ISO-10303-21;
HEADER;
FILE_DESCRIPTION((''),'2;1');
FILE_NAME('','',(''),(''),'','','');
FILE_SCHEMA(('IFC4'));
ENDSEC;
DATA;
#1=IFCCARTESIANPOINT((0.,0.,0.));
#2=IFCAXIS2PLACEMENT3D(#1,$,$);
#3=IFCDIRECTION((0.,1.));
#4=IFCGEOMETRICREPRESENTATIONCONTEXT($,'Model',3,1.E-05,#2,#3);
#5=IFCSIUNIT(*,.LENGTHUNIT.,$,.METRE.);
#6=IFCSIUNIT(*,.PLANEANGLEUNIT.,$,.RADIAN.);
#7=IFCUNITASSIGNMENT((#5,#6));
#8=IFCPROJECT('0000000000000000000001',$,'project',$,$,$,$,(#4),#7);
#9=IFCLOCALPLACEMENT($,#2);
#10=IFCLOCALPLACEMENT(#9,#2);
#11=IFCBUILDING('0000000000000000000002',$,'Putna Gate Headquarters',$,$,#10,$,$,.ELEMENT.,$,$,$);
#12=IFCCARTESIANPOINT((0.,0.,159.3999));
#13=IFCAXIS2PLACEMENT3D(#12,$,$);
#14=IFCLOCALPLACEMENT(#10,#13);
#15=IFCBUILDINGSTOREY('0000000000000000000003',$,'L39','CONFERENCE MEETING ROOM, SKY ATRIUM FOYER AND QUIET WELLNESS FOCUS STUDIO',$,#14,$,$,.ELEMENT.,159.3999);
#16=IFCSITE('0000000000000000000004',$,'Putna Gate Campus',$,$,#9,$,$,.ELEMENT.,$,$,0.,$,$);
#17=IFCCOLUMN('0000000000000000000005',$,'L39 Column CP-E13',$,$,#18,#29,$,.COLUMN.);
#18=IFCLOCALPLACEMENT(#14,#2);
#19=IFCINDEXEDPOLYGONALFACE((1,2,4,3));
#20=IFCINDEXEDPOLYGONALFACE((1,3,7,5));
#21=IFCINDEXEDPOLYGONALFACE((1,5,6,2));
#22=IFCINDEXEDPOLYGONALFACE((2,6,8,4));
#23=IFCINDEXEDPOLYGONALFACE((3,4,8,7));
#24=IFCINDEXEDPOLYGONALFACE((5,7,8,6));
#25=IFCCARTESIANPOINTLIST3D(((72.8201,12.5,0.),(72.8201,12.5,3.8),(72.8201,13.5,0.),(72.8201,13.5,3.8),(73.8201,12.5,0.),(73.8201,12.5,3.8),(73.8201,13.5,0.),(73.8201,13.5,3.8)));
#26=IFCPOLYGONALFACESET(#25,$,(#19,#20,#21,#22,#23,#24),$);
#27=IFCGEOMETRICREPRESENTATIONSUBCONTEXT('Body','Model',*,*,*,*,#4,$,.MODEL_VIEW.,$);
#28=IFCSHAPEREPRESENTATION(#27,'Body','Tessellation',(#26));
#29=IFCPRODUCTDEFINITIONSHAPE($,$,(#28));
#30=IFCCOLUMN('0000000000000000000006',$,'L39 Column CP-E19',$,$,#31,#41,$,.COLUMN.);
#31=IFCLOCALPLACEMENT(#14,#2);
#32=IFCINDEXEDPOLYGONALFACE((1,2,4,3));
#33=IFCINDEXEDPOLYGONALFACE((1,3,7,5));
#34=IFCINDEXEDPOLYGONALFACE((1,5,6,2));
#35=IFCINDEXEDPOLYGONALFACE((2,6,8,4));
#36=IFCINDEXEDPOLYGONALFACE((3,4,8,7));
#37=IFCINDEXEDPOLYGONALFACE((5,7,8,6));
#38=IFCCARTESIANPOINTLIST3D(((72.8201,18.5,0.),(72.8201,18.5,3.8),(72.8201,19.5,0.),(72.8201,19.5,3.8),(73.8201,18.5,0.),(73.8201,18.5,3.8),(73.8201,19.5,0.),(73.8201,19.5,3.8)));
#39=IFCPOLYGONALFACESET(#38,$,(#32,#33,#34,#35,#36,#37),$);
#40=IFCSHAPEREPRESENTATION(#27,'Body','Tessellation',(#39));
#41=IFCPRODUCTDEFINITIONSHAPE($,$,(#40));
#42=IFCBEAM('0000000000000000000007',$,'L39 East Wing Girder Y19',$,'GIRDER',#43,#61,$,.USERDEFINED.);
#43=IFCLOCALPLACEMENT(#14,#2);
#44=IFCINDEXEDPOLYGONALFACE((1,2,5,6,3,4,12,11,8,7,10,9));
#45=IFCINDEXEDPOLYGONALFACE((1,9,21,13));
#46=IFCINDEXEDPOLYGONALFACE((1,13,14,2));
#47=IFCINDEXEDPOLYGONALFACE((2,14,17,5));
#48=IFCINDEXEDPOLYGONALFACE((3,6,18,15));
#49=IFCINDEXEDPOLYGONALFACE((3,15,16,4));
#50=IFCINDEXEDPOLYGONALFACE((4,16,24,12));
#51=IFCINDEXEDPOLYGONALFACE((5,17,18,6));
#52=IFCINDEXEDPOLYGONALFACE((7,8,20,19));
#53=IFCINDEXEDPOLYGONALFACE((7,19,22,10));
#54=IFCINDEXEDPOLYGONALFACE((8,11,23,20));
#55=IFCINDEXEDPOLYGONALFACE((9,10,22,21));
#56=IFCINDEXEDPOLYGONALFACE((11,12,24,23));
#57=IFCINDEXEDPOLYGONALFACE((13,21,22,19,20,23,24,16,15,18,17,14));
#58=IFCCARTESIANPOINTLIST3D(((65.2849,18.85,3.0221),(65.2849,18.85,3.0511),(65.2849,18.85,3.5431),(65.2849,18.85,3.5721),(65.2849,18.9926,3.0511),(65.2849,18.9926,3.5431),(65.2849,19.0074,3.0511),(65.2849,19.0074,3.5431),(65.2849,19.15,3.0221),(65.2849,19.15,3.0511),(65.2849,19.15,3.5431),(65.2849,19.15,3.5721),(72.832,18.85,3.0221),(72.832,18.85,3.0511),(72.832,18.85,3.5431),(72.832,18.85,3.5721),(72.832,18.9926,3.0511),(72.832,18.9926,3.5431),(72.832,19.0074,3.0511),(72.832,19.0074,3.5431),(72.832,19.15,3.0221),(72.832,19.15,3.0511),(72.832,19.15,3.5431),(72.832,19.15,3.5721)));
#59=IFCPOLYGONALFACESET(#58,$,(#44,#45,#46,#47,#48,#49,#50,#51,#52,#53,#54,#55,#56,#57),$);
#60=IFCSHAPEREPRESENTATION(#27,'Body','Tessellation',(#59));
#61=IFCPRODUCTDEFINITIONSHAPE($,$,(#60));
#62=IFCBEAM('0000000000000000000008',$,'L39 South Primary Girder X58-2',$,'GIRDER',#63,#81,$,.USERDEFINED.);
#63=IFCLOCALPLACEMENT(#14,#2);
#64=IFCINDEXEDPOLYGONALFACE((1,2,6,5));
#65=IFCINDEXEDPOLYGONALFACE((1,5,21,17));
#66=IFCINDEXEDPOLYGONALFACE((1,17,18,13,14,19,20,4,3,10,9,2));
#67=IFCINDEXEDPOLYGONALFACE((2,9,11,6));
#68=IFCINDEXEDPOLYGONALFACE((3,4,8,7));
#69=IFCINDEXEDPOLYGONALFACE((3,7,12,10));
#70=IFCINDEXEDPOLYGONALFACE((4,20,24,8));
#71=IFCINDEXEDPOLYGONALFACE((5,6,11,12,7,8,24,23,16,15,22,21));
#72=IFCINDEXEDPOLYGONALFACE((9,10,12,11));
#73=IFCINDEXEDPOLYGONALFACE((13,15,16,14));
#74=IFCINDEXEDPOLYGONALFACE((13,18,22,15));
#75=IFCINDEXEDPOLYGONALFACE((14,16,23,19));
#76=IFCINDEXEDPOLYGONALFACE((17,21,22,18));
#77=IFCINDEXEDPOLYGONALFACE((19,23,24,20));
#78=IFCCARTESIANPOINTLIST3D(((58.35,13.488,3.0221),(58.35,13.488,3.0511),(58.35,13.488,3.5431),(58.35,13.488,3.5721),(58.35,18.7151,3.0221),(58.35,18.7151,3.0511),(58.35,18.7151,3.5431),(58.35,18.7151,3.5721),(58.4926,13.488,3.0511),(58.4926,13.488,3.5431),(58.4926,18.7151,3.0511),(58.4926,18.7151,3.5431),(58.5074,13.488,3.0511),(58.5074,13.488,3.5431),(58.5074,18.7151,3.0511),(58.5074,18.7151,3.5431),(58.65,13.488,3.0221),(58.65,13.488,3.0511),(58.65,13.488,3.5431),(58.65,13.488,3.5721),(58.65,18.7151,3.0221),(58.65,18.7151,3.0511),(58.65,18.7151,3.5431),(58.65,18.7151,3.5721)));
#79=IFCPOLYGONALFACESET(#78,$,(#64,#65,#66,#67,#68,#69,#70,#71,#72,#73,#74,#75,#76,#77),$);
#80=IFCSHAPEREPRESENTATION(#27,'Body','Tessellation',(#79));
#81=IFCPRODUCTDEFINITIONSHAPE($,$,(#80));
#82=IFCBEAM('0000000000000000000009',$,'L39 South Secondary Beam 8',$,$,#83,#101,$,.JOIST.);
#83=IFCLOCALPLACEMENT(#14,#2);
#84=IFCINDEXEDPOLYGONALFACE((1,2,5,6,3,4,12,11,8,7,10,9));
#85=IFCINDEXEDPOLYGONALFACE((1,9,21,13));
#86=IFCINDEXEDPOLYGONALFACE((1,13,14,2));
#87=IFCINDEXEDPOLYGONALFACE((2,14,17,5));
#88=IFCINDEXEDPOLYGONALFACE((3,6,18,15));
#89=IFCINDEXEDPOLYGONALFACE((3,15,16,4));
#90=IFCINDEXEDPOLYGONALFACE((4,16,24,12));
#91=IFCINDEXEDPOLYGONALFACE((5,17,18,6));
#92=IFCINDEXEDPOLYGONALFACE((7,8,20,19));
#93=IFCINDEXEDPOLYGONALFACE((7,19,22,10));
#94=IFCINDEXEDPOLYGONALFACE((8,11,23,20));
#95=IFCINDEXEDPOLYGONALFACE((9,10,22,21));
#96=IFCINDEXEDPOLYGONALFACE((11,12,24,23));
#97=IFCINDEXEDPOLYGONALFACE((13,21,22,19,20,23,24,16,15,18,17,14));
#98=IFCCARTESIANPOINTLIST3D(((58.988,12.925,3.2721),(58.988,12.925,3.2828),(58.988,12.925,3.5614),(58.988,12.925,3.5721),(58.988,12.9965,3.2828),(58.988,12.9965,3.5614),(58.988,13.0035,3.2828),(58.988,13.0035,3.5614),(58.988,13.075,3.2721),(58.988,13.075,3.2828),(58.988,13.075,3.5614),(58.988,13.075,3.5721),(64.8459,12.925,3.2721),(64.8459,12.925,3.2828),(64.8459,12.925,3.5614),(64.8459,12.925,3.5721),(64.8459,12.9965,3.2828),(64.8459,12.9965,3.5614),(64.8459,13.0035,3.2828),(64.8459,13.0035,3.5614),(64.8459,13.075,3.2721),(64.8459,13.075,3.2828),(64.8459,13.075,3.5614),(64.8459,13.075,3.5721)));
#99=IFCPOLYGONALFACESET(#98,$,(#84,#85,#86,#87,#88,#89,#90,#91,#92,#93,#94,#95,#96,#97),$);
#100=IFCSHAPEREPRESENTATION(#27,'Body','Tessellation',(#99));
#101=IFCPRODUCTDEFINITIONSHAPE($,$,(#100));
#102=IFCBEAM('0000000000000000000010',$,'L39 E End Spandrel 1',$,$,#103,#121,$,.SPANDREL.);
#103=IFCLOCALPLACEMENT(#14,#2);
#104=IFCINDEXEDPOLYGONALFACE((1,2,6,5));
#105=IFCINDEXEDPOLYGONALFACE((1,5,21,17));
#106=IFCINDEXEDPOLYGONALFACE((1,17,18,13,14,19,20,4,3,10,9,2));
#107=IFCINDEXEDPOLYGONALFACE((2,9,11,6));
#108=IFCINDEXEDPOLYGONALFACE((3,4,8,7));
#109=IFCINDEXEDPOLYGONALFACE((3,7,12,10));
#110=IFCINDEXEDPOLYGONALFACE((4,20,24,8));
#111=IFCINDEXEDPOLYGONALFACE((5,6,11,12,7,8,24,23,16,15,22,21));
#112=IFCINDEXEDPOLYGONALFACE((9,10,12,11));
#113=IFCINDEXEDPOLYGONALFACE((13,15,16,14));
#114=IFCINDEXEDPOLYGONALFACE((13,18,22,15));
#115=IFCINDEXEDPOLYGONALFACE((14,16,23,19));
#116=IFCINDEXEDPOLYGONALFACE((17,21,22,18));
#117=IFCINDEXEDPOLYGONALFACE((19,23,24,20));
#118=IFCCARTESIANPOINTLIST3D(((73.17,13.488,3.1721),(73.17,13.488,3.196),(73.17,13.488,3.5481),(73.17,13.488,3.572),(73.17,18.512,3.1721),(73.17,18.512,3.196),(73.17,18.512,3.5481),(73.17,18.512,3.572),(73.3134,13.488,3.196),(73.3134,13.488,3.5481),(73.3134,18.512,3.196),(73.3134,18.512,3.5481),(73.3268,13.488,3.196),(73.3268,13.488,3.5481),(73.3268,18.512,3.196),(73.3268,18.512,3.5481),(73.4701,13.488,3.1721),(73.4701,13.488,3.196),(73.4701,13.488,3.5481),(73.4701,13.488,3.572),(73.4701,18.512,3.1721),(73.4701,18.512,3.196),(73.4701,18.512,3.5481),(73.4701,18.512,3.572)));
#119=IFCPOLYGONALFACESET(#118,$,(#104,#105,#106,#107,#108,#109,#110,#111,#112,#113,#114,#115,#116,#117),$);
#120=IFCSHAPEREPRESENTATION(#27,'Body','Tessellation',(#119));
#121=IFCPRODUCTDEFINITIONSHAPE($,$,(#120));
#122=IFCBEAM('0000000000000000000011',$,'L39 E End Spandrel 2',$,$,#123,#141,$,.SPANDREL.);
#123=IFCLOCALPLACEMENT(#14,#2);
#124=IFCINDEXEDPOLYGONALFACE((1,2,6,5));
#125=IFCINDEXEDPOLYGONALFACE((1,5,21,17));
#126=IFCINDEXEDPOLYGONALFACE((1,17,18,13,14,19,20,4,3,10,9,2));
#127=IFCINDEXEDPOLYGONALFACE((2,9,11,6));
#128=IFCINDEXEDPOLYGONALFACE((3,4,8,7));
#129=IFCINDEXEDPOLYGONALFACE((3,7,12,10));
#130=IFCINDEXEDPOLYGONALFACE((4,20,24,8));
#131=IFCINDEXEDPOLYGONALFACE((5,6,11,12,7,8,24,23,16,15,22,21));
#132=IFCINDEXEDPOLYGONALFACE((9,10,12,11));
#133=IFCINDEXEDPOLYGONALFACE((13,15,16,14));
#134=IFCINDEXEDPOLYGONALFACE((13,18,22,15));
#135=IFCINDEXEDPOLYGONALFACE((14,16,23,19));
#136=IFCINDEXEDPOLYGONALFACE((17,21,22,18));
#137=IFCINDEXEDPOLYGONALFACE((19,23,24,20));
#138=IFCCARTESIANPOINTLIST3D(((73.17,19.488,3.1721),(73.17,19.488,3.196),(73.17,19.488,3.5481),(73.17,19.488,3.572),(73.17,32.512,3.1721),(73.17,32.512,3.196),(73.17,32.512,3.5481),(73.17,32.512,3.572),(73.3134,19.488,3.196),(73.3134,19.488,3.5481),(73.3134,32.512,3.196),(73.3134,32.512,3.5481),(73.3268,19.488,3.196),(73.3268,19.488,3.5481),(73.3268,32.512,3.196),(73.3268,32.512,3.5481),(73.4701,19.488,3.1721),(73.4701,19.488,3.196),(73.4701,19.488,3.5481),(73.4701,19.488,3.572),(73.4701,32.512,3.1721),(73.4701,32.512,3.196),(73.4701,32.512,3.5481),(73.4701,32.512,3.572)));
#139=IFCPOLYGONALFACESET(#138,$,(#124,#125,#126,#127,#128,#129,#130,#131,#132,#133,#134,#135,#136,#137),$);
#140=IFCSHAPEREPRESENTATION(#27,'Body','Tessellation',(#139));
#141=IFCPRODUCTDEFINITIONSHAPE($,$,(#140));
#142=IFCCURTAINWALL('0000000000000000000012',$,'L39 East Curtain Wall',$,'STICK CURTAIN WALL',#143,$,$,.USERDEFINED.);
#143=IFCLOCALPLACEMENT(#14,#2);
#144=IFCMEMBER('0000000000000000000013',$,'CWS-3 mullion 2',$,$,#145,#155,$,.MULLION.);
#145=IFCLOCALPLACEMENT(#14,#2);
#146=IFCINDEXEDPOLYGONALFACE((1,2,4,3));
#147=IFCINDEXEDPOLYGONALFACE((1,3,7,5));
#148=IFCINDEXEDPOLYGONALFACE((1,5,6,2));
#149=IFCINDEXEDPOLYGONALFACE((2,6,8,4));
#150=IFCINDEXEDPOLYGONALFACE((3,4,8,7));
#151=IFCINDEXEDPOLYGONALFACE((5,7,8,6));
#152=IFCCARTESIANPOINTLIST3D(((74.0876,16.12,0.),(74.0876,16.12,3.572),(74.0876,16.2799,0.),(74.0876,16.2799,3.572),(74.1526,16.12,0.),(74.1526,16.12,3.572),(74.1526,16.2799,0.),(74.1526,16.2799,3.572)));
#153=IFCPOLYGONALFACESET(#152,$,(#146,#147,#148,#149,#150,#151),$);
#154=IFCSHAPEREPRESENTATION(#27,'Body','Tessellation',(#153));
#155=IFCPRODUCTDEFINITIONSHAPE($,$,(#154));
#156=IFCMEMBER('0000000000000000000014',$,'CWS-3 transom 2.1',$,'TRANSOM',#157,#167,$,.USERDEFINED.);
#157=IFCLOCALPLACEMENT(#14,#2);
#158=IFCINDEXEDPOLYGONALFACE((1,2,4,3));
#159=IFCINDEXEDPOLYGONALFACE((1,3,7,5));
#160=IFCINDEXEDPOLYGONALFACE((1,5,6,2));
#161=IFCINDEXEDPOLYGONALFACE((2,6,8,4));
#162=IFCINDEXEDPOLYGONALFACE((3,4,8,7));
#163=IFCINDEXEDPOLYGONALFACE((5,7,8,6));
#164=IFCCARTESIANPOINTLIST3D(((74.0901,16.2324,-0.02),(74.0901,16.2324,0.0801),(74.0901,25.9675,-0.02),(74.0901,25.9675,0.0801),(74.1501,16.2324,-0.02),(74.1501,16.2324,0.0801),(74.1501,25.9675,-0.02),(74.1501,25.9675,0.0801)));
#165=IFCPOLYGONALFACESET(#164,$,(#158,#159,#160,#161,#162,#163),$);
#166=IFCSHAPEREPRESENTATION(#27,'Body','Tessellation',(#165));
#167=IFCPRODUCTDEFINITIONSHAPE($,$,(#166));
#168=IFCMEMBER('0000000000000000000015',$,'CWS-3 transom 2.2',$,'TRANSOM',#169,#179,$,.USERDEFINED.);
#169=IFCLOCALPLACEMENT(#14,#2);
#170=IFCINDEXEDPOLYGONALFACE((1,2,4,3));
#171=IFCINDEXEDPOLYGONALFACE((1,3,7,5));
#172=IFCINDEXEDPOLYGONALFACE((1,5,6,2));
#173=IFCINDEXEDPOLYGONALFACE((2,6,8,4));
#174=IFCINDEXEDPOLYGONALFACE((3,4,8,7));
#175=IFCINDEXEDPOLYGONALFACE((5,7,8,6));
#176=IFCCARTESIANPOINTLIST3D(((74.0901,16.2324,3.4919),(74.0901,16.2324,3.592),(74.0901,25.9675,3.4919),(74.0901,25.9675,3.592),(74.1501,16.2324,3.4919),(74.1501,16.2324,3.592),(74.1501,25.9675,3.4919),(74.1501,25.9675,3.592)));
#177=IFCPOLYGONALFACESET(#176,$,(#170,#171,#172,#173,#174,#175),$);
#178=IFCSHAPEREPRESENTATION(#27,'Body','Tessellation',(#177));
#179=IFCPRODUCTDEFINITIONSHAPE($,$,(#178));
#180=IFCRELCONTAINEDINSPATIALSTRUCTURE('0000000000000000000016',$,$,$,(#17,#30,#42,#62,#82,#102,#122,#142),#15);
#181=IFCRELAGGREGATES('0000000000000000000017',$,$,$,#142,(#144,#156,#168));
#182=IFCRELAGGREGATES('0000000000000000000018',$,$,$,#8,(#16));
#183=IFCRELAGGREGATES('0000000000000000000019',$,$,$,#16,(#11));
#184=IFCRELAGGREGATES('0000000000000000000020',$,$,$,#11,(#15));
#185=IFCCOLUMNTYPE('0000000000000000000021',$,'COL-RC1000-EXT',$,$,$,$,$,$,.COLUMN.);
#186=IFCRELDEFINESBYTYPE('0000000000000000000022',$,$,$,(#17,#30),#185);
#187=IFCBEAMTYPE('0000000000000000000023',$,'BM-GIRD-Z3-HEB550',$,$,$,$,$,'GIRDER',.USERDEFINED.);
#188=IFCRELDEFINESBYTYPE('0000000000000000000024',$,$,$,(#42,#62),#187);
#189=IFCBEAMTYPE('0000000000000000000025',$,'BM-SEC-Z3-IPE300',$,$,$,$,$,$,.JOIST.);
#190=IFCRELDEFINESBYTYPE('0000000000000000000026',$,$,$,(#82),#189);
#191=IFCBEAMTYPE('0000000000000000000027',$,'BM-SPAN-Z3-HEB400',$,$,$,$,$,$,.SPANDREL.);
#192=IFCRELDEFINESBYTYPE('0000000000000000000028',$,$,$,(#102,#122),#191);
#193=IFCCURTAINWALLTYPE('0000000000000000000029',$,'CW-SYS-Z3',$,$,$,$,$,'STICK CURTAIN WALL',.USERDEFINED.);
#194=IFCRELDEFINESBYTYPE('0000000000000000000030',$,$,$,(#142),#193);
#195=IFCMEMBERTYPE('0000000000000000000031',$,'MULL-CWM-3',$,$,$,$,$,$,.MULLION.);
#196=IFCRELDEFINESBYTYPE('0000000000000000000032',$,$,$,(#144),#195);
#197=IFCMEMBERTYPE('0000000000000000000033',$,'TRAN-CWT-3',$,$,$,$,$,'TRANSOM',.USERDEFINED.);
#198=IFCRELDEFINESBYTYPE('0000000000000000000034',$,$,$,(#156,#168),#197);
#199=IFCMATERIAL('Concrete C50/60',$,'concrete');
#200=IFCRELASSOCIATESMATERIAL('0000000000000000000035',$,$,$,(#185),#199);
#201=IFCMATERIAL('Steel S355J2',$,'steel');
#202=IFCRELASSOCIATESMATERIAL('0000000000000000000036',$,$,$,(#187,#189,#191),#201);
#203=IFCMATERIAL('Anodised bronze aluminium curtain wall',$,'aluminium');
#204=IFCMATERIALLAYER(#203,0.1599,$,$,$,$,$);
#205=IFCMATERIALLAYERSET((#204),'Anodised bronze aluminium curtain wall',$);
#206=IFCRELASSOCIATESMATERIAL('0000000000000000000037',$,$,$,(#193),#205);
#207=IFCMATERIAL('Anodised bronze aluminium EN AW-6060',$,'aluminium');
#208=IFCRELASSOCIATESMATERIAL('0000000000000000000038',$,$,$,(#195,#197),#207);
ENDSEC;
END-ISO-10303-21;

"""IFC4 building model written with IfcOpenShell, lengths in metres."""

from ifc_helpers import new_model, si_unit, direction, frame, origin, origin_2d, place, context, subcontext, project, spatial, rectangle, i_section, extrude, material, layer, layer_set, material_profile, profile_set, type_object, element, aggregate, save


model = new_model("IFC4")

# Units and contexts
model_context = context("Model", 3, precision=1e-05, world=origin(), true_north=direction((0.0, 1.0)))
body_context = subcontext(model_context, "Body", "Model", "MODEL_VIEW")
ifc_project = project(units=[si_unit("LENGTHUNIT", "METRE"), si_unit("PLANEANGLEUNIT", "RADIAN")], contexts=[model_context])

# Site, building, storey
site_placement = place(None, origin())
site = spatial("IfcSite", under=ifc_project, at=site_placement, Name="Putna Gate Campus", CompositionType="ELEMENT", RefElevation=0.0)
building_placement = place(site_placement, origin())
building = spatial("IfcBuilding", under=site, at=building_placement, Name="Putna Gate Headquarters", CompositionType="ELEMENT")
storey_placement = place(building_placement, frame((0.0, 0.0, 159.3999)))
storey = spatial("IfcBuildingStorey", under=building, at=storey_placement, Name="L39", Description="CONFERENCE MEETING ROOM, SKY ATRIUM FOYER AND QUIET WELLNESS FOCUS STUDIO", CompositionType="ELEMENT", Elevation=159.3999)

# Columns
ifc_material_1 = material(Name="Concrete C50/60", Category="concrete")
ifc_material_profile_1 = material_profile(ifc_material_1, rectangle(XDim=1.0, YDim=1.0, at=origin_2d()), Name="Concrete C50/60")
ifc_profile_set_1 = profile_set([ifc_material_profile_1], Name="Concrete C50/60")
column_type = type_object("IfcColumnType", Name="COL-RC1000-EXT", PredefinedType="COLUMN", material=ifc_profile_set_1)
for number, where, z_axis, x_axis, name in (
    (1, (73.3201, 13.0, 0.0), (0.0, 0.0, 1.0), (1.0, 0.0, 0.0), "L39 Column CP-E13"),
    (2, (73.3201, 19.0, 0.0), (0.0, 0.0, 1.0), (1.0, 0.0, 0.0), "L39 Column CP-E19"),
):
    element("IfcColumn", number, at=place(storey_placement, frame(where, z_axis=z_axis, x_axis=x_axis)), inside=storey, type_object=column_type, Name=name, PredefinedType="COLUMN", context=body_context, shape_type="SweptSolid", body=[
        extrude(rectangle(XDim=1.0, YDim=1.0, at=origin_2d()), origin(), (0.0, 0.0, 1.0), 3.8),
    ])

# Beams
ifc_material_2 = material(Name="Steel S355J2", Category="steel")
ifc_material_profile_2 = material_profile(ifc_material_2, i_section(OverallWidth=0.3, OverallDepth=0.55, WebThickness=0.0149, FlangeThickness=0.0291, at=origin_2d()), Name="Steel S355J2")
ifc_profile_set_2 = profile_set([ifc_material_profile_2], Name="Steel S355J2")
beam_type_1 = type_object("IfcBeamType", Name="BM-GIRD-Z3-HEB550", ElementType="GIRDER", PredefinedType="USERDEFINED", material=ifc_profile_set_2)
beam_1_placement = place(storey_placement, frame((65.2849, 19.0, 3.2971), z_axis=(1.0, 0.0, 0.0), x_axis=(0.0, 1.0, 0.0)))
element("IfcBeam", 3, at=beam_1_placement, inside=storey, type_object=beam_type_1, Name="L39 East Wing Girder Y19", ObjectType="GIRDER", PredefinedType="USERDEFINED", context=body_context, shape_type="SweptSolid", body=[
    extrude(i_section(OverallWidth=0.3, OverallDepth=0.55, WebThickness=0.0149, FlangeThickness=0.0291, at=origin_2d()), origin(), (0.0, 0.0, 1.0), 7.5471),
])
beam_2_placement = place(storey_placement, frame((58.5, 13.488, 3.2971), z_axis=(0.0, 1.0, 0.0), x_axis=(-1.0, 0.0, 0.0)))
element("IfcBeam", 4, at=beam_2_placement, inside=storey, type_object=beam_type_1, Name="L39 South Primary Girder X58-2", ObjectType="GIRDER", PredefinedType="USERDEFINED", context=body_context, shape_type="SweptSolid", body=[
    extrude(i_section(OverallWidth=0.3, OverallDepth=0.55, WebThickness=0.0149, FlangeThickness=0.0291, at=origin_2d()), origin(), (0.0, 0.0, 1.0), 5.2271),
])
ifc_material_profile_3 = material_profile(ifc_material_2, i_section(OverallWidth=0.1499, OverallDepth=0.3, WebThickness=0.0071, FlangeThickness=0.0107, at=origin_2d()), Name="Steel S355J2")
ifc_profile_set_3 = profile_set([ifc_material_profile_3], Name="Steel S355J2")
beam_type_2 = type_object("IfcBeamType", Name="BM-SEC-Z3-IPE300", PredefinedType="JOIST", material=ifc_profile_set_3)
beam_3_placement = place(storey_placement, frame((58.988, 13.0, 3.4221), z_axis=(1.0, 0.0, 0.0), x_axis=(0.0, 1.0, 0.0)))
element("IfcBeam", 5, at=beam_3_placement, inside=storey, type_object=beam_type_2, Name="L39 South Secondary Beam 8", PredefinedType="JOIST", context=body_context, shape_type="SweptSolid", body=[
    extrude(i_section(OverallWidth=0.1499, OverallDepth=0.3, WebThickness=0.0071, FlangeThickness=0.0107, at=origin_2d()), origin(), (0.0, 0.0, 1.0), 5.8579),
])
ifc_material_profile_4 = material_profile(ifc_material_2, i_section(OverallWidth=0.3, OverallDepth=0.3999, WebThickness=0.0134, FlangeThickness=0.0239, at=origin_2d()), Name="Steel S355J2")
ifc_profile_set_4 = profile_set([ifc_material_profile_4], Name="Steel S355J2")
beam_type_3 = type_object("IfcBeamType", Name="BM-SPAN-Z3-HEB400", PredefinedType="SPANDREL", material=ifc_profile_set_4)
beam_4_placement = place(storey_placement, frame((73.3201, 13.488, 3.3721), z_axis=(0.0, 1.0, 0.0), x_axis=(-1.0, 0.0, 0.0)))
element("IfcBeam", 6, at=beam_4_placement, inside=storey, type_object=beam_type_3, Name="L39 E End Spandrel 1", PredefinedType="SPANDREL", context=body_context, shape_type="SweptSolid", body=[
    extrude(i_section(OverallWidth=0.3, OverallDepth=0.3999, WebThickness=0.0134, FlangeThickness=0.0239, at=origin_2d()), origin(), (0.0, 0.0, 1.0), 5.0239),
])
beam_5_placement = place(storey_placement, frame((73.3201, 19.488, 3.3721), z_axis=(0.0, 1.0, 0.0), x_axis=(-1.0, 0.0, 0.0)))
element("IfcBeam", 7, at=beam_5_placement, inside=storey, type_object=beam_type_3, Name="L39 E End Spandrel 2", PredefinedType="SPANDREL", context=body_context, shape_type="SweptSolid", body=[
    extrude(i_section(OverallWidth=0.3, OverallDepth=0.3999, WebThickness=0.0134, FlangeThickness=0.0239, at=origin_2d()), origin(), (0.0, 0.0, 1.0), 13.0239),
])

# Curtain wall, members
ifc_material_3 = material(Name="Anodised bronze aluminium curtain wall", Category="aluminium")
ifc_layer_1 = layer(ifc_material_3, 0.1599)
ifc_layer_set_1 = layer_set([ifc_layer_1], Name="Anodised bronze aluminium curtain wall")
curtain_wall_type = type_object("IfcCurtainWallType", Name="CW-SYS-Z3", ElementType="STICK CURTAIN WALL", PredefinedType="USERDEFINED", material=ifc_layer_set_1)
curtain_wall_placement = place(storey_placement, origin())
curtain_wall = element("IfcCurtainWall", 8, at=curtain_wall_placement, inside=storey, type_object=curtain_wall_type, Name="L39 East Curtain Wall", ObjectType="STICK CURTAIN WALL", PredefinedType="USERDEFINED")
ifc_material_4 = material(Name="Anodised bronze aluminium EN AW-6060", Category="aluminium")
ifc_material_profile_5 = material_profile(ifc_material_4, rectangle(XDim=0.0649, YDim=0.1599, at=origin_2d()), Name="Anodised bronze aluminium EN AW-6060")
ifc_profile_set_5 = profile_set([ifc_material_profile_5], Name="Anodised bronze aluminium EN AW-6060")
member_type_1 = type_object("IfcMemberType", Name="MULL-CWM-3", PredefinedType="MULLION", material=ifc_profile_set_5)
member_1_placement = place(storey_placement, frame((74.1201, 16.2, 0.0), z_axis=(0.0, 0.0, 1.0), x_axis=(-1.0, 0.0, 0.0)))
member_1 = element("IfcMember", 9, at=member_1_placement, type_object=member_type_1, Name="CWS-3 mullion 2", PredefinedType="MULLION", context=body_context, shape_type="SweptSolid", body=[
    extrude(rectangle(XDim=0.0649, YDim=0.1599, at=origin_2d()), origin(), (0.0, 0.0, 1.0), 3.572),
])
ifc_material_profile_6 = material_profile(ifc_material_4, rectangle(XDim=0.0601, YDim=0.1001, at=origin_2d()), Name="Anodised bronze aluminium EN AW-6060")
ifc_profile_set_6 = profile_set([ifc_material_profile_6], Name="Anodised bronze aluminium EN AW-6060")
member_type_2 = type_object("IfcMemberType", Name="TRAN-CWT-3", ElementType="TRANSOM", PredefinedType="USERDEFINED", material=ifc_profile_set_6)
member_2_placement = place(storey_placement, frame((74.1201, 16.2324, 0.03), z_axis=(0.0, 1.0, 0.0), x_axis=(-1.0, 0.0, 0.0)))
member_2 = element("IfcMember", 10, at=member_2_placement, type_object=member_type_2, Name="CWS-3 transom 2.1", ObjectType="TRANSOM", PredefinedType="USERDEFINED", context=body_context, shape_type="SweptSolid", body=[
    extrude(rectangle(XDim=0.0601, YDim=0.1001, at=origin_2d()), origin(), (0.0, 0.0, 1.0), 9.7351),
])
member_3_placement = place(storey_placement, frame((74.1201, 16.2324, 3.542), z_axis=(0.0, 1.0, 0.0), x_axis=(-1.0, 0.0, 0.0)))
member_3 = element("IfcMember", 11, at=member_3_placement, type_object=member_type_2, Name="CWS-3 transom 2.2", ObjectType="TRANSOM", PredefinedType="USERDEFINED", context=body_context, shape_type="SweptSolid", body=[
    extrude(rectangle(XDim=0.0601, YDim=0.1001, at=origin_2d()), origin(), (0.0, 0.0, 1.0), 9.7351),
])
aggregate(curtain_wall, [member_1, member_2, member_3])

save(model, "model.ifc")
